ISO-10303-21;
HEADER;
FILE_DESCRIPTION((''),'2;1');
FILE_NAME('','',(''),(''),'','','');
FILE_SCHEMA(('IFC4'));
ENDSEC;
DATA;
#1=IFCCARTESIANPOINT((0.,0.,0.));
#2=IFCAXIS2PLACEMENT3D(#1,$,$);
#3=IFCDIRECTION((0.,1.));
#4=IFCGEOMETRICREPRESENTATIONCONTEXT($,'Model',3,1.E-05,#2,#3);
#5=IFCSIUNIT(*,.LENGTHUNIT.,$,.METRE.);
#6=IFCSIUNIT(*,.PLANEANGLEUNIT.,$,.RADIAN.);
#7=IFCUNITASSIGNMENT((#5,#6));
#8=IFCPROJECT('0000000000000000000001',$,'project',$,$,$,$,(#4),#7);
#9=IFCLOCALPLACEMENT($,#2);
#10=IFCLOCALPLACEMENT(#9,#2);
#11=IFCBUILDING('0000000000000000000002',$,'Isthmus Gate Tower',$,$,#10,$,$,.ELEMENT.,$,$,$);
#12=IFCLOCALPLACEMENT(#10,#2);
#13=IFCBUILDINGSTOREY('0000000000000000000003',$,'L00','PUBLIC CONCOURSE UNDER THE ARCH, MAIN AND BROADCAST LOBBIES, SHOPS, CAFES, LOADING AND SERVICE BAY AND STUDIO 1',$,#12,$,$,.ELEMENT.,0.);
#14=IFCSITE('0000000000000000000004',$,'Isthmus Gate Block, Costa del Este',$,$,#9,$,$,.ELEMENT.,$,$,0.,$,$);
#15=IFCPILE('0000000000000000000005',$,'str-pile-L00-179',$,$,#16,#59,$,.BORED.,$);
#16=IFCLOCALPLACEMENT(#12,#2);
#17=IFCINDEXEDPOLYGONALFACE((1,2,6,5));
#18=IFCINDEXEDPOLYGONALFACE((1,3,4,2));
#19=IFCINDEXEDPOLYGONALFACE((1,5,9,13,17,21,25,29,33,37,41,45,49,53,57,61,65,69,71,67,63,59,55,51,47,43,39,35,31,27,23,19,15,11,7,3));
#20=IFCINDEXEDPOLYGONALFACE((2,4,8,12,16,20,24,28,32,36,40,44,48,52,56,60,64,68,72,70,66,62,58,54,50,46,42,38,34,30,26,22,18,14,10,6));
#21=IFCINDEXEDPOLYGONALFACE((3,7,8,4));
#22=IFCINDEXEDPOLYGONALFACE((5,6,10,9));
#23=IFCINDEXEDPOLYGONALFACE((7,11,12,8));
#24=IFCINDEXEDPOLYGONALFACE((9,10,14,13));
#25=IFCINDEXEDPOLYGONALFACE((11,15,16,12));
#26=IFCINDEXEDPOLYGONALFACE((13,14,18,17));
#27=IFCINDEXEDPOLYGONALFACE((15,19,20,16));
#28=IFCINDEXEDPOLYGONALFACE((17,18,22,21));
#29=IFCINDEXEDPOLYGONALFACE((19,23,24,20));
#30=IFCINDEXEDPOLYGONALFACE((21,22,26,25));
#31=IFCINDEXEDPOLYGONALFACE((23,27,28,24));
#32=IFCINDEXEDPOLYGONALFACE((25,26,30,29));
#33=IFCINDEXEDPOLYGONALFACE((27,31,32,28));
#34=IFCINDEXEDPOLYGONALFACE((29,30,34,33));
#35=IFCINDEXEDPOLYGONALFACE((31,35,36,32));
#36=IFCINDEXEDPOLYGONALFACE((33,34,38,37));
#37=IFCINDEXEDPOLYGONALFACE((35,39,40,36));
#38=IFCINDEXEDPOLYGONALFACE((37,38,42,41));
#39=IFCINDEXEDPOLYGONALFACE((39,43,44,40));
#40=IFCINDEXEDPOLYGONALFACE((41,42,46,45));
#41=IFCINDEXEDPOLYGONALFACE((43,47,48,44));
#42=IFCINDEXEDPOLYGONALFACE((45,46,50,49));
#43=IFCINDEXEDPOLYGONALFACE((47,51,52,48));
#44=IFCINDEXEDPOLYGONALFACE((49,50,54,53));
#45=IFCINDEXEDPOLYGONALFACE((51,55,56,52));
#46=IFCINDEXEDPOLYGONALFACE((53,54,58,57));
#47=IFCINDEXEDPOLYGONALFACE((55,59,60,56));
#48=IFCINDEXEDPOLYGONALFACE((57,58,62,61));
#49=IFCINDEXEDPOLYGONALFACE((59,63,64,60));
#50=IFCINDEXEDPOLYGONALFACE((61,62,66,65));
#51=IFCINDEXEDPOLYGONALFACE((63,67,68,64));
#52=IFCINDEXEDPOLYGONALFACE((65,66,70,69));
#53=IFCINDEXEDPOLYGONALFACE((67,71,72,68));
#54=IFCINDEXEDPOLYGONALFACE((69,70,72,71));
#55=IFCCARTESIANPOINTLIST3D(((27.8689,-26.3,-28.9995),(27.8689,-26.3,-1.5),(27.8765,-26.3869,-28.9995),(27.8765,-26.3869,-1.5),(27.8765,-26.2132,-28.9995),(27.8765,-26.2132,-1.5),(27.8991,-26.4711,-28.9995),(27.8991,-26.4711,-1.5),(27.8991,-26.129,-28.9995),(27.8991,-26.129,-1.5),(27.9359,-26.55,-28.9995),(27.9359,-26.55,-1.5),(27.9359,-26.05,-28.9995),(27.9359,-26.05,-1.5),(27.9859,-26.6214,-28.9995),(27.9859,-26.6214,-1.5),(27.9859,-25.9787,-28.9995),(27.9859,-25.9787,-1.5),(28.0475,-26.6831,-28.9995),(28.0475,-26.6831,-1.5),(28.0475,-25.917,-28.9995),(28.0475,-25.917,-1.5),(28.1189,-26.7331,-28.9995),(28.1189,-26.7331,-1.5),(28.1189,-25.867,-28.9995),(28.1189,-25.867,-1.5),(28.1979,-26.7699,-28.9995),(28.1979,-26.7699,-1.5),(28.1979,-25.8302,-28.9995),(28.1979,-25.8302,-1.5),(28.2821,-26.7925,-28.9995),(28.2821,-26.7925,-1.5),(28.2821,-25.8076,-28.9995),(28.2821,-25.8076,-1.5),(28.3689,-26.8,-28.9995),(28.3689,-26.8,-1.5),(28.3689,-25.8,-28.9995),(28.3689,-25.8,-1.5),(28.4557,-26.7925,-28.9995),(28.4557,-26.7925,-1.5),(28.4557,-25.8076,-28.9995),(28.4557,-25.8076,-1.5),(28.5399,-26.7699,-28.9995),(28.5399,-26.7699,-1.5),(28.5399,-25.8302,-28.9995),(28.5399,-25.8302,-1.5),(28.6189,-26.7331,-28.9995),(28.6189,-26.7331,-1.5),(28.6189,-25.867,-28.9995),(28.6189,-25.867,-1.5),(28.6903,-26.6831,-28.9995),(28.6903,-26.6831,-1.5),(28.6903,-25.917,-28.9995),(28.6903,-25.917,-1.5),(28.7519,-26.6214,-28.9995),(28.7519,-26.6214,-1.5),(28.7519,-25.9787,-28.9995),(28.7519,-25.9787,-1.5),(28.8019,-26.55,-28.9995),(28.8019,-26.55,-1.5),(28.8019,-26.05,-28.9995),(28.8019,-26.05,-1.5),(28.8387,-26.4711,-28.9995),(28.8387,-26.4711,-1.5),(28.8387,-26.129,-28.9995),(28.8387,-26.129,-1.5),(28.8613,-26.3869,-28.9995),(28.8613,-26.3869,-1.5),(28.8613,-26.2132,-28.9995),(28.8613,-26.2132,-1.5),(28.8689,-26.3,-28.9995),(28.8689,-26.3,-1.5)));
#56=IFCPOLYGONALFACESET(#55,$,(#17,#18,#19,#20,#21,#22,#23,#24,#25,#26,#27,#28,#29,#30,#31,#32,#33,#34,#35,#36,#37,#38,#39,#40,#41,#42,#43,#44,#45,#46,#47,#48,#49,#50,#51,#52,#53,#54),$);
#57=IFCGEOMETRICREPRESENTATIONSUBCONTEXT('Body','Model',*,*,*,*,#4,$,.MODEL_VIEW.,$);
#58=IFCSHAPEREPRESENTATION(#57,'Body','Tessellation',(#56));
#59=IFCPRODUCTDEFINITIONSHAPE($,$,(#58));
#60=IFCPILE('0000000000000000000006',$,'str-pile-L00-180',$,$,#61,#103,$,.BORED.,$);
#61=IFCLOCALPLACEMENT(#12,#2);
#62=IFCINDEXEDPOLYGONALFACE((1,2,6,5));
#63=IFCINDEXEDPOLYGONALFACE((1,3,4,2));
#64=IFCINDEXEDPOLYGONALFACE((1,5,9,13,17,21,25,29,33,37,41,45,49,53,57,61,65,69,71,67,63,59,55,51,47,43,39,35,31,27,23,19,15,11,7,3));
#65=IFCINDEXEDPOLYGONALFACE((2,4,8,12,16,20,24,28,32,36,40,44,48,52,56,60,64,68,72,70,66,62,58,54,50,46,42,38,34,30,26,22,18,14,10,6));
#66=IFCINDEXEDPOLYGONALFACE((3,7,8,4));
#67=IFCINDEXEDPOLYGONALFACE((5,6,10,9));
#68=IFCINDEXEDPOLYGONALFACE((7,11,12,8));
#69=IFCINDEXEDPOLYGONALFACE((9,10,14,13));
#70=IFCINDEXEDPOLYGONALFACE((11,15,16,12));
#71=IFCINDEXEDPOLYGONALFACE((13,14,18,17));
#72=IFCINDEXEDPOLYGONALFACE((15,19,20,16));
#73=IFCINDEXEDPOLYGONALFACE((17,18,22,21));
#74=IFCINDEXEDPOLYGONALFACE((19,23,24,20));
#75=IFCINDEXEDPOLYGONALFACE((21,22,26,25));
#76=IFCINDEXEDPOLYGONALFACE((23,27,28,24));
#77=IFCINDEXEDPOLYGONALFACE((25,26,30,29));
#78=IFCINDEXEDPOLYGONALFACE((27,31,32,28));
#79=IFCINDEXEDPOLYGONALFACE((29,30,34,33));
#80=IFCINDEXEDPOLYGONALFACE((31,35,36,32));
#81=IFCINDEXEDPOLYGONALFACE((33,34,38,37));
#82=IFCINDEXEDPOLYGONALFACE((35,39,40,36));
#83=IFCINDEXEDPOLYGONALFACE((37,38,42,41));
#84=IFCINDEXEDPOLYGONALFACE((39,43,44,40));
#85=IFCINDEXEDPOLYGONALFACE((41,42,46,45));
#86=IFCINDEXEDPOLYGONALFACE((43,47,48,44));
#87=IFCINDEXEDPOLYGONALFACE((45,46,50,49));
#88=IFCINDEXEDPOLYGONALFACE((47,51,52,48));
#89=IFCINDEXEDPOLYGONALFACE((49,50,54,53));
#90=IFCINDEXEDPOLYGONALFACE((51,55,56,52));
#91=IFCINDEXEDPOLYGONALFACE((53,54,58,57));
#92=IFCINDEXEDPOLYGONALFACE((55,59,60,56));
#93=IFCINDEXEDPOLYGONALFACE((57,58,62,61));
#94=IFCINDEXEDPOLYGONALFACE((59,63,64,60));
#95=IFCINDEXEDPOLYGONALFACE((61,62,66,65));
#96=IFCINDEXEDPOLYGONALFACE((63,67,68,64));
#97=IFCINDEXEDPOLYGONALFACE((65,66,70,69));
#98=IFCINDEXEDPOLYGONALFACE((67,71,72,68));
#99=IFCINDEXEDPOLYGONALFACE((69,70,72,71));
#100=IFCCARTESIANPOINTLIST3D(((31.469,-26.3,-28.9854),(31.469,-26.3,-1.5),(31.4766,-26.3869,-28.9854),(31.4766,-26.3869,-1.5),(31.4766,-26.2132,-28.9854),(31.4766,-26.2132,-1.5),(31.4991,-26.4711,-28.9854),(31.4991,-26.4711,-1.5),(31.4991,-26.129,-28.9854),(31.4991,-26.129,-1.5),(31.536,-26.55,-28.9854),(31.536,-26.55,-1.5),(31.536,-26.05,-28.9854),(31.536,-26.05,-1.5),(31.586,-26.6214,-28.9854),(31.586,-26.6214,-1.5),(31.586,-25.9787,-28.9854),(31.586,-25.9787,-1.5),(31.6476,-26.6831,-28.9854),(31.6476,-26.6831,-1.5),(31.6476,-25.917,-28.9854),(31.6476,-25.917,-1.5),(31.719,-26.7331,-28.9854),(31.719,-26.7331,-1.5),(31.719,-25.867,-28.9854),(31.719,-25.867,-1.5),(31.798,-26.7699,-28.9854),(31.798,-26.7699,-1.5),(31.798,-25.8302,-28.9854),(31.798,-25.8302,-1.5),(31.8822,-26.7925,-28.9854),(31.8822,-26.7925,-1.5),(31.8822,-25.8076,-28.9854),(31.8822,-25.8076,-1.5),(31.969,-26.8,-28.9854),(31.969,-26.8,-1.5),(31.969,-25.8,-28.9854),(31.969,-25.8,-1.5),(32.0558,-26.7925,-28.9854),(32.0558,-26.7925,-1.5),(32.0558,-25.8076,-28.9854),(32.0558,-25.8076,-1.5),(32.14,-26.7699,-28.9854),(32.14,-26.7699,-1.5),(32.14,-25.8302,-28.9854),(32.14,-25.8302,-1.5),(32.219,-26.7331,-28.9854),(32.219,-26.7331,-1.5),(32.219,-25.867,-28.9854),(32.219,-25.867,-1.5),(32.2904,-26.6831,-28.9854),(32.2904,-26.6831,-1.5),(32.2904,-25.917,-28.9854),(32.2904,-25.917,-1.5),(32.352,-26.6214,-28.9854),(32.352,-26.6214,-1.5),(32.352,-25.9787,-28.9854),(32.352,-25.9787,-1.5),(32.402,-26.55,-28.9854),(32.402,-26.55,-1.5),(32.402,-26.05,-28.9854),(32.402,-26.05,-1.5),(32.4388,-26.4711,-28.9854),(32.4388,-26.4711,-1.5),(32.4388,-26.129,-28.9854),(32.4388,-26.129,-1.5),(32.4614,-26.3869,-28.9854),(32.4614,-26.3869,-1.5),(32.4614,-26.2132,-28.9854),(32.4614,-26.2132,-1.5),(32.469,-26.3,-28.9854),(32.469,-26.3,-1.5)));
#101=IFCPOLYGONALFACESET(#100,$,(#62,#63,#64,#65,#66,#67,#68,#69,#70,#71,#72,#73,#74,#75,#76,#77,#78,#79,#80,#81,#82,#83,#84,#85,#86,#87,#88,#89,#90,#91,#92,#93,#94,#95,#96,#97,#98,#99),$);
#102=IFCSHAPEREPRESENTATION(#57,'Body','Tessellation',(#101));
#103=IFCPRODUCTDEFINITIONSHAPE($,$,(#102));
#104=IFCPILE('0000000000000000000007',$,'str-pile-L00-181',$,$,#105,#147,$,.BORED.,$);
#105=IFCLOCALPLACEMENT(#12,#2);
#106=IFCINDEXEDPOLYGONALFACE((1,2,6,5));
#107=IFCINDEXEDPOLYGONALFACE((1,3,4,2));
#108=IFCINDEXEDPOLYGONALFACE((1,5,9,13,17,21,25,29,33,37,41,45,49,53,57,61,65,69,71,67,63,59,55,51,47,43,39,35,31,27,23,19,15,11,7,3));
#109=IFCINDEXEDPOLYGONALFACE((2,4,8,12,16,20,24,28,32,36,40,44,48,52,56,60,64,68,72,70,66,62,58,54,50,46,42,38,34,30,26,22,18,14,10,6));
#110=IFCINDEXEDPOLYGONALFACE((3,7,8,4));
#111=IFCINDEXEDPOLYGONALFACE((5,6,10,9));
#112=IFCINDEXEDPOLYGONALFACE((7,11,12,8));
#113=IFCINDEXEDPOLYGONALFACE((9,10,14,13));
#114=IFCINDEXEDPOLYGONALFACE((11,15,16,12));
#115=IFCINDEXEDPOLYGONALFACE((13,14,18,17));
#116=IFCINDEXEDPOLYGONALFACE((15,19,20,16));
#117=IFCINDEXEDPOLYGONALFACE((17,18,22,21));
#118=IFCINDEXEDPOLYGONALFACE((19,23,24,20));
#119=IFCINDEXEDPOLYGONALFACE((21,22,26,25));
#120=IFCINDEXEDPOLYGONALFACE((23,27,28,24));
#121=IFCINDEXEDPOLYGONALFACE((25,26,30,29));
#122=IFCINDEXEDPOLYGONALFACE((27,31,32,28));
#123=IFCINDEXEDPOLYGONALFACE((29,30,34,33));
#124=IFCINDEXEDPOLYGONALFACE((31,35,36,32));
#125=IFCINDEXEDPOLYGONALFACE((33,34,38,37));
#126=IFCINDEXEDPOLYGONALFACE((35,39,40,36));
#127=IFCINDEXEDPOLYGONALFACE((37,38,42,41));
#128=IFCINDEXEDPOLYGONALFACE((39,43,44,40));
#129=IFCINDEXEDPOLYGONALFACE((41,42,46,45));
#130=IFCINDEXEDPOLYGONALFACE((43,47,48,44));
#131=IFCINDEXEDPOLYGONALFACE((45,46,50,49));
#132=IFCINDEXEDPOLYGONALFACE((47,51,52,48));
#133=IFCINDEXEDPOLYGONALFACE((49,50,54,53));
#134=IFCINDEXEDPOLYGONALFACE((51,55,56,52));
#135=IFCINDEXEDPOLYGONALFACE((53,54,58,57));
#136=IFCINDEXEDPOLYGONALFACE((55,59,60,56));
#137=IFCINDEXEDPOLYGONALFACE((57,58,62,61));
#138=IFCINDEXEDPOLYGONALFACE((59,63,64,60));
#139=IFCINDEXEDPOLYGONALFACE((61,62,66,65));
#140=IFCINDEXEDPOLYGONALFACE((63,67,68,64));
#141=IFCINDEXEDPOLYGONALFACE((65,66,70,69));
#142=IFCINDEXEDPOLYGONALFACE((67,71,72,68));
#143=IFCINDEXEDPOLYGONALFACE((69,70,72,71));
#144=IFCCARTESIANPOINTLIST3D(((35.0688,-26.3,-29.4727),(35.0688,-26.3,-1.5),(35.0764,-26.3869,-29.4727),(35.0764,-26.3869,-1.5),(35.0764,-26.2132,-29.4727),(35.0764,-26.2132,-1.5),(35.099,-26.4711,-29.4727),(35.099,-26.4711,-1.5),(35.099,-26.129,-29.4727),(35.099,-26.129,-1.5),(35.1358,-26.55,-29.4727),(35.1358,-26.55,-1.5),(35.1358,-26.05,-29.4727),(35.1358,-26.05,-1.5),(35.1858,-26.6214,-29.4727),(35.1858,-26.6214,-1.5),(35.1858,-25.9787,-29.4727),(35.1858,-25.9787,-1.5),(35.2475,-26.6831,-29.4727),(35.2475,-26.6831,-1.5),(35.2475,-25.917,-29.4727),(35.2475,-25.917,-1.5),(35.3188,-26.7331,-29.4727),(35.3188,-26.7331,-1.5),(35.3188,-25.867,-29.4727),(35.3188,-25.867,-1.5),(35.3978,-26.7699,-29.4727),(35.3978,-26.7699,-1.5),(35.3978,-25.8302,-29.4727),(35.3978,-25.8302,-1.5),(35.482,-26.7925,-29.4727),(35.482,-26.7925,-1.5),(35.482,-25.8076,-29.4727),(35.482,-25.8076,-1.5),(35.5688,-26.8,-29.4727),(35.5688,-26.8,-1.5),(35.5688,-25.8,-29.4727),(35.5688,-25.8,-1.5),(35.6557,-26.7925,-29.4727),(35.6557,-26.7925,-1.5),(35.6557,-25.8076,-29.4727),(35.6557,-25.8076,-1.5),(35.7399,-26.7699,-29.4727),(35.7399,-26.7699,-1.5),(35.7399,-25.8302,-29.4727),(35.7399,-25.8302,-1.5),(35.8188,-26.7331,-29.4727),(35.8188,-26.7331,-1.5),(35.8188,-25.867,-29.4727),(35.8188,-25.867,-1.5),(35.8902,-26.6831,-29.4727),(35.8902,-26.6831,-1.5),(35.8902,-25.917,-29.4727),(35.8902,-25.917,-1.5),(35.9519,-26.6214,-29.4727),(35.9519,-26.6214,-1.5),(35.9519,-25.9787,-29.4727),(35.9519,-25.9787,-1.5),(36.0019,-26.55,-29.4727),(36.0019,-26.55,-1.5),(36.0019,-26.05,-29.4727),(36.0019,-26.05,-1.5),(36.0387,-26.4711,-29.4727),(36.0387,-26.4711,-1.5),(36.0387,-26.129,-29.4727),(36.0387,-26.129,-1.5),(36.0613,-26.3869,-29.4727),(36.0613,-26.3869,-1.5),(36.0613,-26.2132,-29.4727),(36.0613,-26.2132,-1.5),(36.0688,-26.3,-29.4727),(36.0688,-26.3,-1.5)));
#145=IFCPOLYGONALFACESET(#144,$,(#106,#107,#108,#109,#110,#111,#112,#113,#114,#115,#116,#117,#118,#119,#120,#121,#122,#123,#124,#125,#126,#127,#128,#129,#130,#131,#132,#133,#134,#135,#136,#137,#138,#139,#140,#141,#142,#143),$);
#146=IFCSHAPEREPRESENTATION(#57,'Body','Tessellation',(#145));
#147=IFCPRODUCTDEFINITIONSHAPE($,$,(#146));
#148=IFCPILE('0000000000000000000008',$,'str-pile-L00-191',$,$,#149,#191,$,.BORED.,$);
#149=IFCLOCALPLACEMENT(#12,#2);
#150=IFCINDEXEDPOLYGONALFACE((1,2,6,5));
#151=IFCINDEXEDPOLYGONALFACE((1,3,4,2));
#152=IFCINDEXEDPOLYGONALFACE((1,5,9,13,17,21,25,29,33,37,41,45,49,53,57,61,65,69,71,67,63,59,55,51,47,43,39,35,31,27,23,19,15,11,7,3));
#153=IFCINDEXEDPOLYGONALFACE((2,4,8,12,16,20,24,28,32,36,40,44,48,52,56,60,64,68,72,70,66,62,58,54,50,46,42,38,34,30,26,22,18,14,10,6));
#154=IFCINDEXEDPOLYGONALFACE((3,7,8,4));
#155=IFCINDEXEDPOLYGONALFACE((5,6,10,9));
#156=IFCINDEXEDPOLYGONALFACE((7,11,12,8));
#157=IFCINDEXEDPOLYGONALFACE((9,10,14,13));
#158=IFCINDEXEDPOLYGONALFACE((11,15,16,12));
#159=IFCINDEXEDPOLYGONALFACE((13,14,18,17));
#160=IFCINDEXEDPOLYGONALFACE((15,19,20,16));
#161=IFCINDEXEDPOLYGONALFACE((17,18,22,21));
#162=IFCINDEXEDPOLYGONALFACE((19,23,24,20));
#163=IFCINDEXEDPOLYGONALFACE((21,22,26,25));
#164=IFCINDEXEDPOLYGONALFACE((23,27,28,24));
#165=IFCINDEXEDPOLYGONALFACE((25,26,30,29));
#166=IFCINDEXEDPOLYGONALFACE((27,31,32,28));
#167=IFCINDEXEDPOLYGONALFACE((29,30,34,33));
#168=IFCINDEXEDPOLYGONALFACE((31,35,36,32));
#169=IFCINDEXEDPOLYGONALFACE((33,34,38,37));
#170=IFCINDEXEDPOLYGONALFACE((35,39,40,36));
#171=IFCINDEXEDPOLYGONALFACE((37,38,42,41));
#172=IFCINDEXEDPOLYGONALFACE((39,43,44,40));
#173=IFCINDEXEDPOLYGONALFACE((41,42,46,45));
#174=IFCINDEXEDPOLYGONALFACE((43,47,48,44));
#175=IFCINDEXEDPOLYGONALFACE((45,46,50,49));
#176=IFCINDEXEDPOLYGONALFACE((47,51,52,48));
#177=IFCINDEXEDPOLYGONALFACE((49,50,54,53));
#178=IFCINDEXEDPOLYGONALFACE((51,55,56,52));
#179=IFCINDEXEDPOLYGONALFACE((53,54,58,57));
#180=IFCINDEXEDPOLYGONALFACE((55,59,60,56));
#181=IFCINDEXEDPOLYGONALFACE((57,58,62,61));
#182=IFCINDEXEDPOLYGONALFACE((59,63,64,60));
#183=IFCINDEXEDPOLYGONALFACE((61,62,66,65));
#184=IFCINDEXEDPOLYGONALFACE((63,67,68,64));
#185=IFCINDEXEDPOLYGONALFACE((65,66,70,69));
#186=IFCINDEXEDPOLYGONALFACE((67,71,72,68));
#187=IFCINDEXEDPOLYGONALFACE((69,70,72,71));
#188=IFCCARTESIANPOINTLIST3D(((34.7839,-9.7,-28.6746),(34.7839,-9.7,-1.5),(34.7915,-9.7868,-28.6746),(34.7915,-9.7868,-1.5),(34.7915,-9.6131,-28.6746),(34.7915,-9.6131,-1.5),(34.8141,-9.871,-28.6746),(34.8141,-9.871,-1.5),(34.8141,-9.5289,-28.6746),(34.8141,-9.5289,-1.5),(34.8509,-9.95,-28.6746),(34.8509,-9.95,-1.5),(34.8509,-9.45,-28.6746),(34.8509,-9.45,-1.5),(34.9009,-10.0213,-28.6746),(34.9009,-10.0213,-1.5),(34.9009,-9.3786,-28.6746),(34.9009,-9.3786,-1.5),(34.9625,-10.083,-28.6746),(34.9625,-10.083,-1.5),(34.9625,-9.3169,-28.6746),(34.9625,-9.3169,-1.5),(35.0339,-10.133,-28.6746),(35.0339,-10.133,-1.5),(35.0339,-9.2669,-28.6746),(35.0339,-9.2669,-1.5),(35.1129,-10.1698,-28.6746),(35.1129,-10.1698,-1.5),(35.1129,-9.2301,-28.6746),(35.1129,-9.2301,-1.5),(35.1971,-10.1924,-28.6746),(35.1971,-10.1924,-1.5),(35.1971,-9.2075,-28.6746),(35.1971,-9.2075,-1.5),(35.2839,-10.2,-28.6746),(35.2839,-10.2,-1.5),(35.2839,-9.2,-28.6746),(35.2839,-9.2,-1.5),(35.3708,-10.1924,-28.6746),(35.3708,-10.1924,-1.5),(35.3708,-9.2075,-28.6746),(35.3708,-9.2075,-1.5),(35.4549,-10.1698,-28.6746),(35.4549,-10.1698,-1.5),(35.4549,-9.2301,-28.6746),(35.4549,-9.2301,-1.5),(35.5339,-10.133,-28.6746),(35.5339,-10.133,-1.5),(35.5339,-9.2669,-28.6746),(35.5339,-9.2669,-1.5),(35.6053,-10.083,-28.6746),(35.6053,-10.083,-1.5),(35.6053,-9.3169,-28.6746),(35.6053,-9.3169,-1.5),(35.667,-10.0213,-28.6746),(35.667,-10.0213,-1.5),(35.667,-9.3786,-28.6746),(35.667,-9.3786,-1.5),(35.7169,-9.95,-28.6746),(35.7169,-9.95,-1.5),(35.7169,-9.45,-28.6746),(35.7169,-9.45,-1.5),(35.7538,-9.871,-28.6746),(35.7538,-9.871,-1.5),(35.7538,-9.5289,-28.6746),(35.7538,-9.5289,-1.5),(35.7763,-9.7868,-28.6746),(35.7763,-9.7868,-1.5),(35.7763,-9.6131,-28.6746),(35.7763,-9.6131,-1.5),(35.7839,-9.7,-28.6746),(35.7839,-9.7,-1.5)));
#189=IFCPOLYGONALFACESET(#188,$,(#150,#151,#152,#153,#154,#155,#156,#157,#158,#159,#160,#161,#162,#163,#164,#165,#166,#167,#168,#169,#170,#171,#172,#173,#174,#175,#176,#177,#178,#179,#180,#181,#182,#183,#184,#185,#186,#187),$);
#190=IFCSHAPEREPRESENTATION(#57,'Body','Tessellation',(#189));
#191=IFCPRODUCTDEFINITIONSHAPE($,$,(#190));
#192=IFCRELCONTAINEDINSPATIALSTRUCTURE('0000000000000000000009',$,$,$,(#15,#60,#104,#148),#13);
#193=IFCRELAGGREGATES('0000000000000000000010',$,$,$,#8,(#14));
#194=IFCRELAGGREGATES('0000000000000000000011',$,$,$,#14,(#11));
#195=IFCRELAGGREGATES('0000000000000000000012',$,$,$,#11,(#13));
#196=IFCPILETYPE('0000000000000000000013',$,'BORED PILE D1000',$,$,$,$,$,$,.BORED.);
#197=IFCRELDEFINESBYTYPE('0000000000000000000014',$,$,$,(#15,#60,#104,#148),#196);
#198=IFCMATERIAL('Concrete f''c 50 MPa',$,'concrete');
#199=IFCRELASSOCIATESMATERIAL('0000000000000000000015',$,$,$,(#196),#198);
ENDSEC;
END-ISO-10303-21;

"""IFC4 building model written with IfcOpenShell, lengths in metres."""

from ifc_helpers import new_model, si_unit, direction, frame, origin, origin_2d, place, context, subcontext, project, spatial, circle, extrude, material, material_profile, profile_set, type_object, element, save


model = new_model("IFC4")

# Units and contexts
model_context = context("Model", 3, precision=1e-05, world=origin(), true_north=direction((0.0, 1.0)))
body_context = subcontext(model_context, "Body", "Model", "MODEL_VIEW")
ifc_project = project(units=[si_unit("LENGTHUNIT", "METRE"), si_unit("PLANEANGLEUNIT", "RADIAN")], contexts=[model_context])

# Site, building, storey
site_placement = place(None, origin())
site = spatial("IfcSite", under=ifc_project, at=site_placement, Name="Isthmus Gate Block, Costa del Este", CompositionType="ELEMENT", RefElevation=0.0)
building_placement = place(site_placement, origin())
building = spatial("IfcBuilding", under=site, at=building_placement, Name="Isthmus Gate Tower", CompositionType="ELEMENT")
storey_placement = place(building_placement, origin())
storey = spatial("IfcBuildingStorey", under=building, at=storey_placement, Name="L00", Description="PUBLIC CONCOURSE UNDER THE ARCH, MAIN AND BROADCAST LOBBIES, SHOPS, CAFES, LOADING AND SERVICE BAY AND STUDIO 1", CompositionType="ELEMENT", Elevation=0.0)

# Piles
ifc_material_1 = material(Name="Concrete f'c 50 MPa", Category="concrete")
ifc_material_profile_1 = material_profile(ifc_material_1, circle(Radius=0.5, at=origin_2d()), Name="D1000")
ifc_profile_set_1 = profile_set([ifc_material_profile_1], Name="Concrete f'c 50 MPa")
pile_type_1 = type_object("IfcPileType", Name="BORED PILE D1000", PredefinedType="BORED", material=ifc_profile_set_1)
pile_1_placement = place(storey_placement, frame((28.3689, -26.3, -1.5), z_axis=(0.0, 0.0, -1.0), x_axis=(1.0, 0.0, 0.0)))
element("IfcPile", 1, at=pile_1_placement, inside=storey, type_object=pile_type_1, Name="str-pile-L00-179", PredefinedType="BORED", context=body_context, shape_type="SweptSolid", body=[
    extrude(circle(Radius=0.5, at=origin_2d()), origin(), (0.0, 0.0, 1.0), 27.4995),
])
pile_2_placement = place(storey_placement, frame((31.969, -26.3, -1.5), z_axis=(0.0, 0.0, -1.0), x_axis=(1.0, 0.0, 0.0)))
element("IfcPile", 2, at=pile_2_placement, inside=storey, type_object=pile_type_1, Name="str-pile-L00-180", PredefinedType="BORED", context=body_context, shape_type="SweptSolid", body=[
    extrude(circle(Radius=0.5, at=origin_2d()), origin(), (0.0, 0.0, 1.0), 27.4854),
])
pile_3_placement = place(storey_placement, frame((35.5688, -26.3, -1.5), z_axis=(0.0, 0.0, -1.0), x_axis=(1.0, 0.0, 0.0)))
element("IfcPile", 3, at=pile_3_placement, inside=storey, type_object=pile_type_1, Name="str-pile-L00-181", PredefinedType="BORED", context=body_context, shape_type="SweptSolid", body=[
    extrude(circle(Radius=0.5, at=origin_2d()), origin(), (0.0, 0.0, 1.0), 27.9727),
])
pile_4_placement = place(storey_placement, frame((35.2839, -9.7, -1.5), z_axis=(0.0, 0.0, -1.0), x_axis=(1.0, 0.0, 0.0)))
element("IfcPile", 4, at=pile_4_placement, inside=storey, type_object=pile_type_1, Name="str-pile-L00-191", PredefinedType="BORED", context=body_context, shape_type="SweptSolid", body=[
    extrude(circle(Radius=0.5, at=origin_2d()), origin(), (0.0, 0.0, 1.0), 27.1746),
])

save(model, "model.ifc")
